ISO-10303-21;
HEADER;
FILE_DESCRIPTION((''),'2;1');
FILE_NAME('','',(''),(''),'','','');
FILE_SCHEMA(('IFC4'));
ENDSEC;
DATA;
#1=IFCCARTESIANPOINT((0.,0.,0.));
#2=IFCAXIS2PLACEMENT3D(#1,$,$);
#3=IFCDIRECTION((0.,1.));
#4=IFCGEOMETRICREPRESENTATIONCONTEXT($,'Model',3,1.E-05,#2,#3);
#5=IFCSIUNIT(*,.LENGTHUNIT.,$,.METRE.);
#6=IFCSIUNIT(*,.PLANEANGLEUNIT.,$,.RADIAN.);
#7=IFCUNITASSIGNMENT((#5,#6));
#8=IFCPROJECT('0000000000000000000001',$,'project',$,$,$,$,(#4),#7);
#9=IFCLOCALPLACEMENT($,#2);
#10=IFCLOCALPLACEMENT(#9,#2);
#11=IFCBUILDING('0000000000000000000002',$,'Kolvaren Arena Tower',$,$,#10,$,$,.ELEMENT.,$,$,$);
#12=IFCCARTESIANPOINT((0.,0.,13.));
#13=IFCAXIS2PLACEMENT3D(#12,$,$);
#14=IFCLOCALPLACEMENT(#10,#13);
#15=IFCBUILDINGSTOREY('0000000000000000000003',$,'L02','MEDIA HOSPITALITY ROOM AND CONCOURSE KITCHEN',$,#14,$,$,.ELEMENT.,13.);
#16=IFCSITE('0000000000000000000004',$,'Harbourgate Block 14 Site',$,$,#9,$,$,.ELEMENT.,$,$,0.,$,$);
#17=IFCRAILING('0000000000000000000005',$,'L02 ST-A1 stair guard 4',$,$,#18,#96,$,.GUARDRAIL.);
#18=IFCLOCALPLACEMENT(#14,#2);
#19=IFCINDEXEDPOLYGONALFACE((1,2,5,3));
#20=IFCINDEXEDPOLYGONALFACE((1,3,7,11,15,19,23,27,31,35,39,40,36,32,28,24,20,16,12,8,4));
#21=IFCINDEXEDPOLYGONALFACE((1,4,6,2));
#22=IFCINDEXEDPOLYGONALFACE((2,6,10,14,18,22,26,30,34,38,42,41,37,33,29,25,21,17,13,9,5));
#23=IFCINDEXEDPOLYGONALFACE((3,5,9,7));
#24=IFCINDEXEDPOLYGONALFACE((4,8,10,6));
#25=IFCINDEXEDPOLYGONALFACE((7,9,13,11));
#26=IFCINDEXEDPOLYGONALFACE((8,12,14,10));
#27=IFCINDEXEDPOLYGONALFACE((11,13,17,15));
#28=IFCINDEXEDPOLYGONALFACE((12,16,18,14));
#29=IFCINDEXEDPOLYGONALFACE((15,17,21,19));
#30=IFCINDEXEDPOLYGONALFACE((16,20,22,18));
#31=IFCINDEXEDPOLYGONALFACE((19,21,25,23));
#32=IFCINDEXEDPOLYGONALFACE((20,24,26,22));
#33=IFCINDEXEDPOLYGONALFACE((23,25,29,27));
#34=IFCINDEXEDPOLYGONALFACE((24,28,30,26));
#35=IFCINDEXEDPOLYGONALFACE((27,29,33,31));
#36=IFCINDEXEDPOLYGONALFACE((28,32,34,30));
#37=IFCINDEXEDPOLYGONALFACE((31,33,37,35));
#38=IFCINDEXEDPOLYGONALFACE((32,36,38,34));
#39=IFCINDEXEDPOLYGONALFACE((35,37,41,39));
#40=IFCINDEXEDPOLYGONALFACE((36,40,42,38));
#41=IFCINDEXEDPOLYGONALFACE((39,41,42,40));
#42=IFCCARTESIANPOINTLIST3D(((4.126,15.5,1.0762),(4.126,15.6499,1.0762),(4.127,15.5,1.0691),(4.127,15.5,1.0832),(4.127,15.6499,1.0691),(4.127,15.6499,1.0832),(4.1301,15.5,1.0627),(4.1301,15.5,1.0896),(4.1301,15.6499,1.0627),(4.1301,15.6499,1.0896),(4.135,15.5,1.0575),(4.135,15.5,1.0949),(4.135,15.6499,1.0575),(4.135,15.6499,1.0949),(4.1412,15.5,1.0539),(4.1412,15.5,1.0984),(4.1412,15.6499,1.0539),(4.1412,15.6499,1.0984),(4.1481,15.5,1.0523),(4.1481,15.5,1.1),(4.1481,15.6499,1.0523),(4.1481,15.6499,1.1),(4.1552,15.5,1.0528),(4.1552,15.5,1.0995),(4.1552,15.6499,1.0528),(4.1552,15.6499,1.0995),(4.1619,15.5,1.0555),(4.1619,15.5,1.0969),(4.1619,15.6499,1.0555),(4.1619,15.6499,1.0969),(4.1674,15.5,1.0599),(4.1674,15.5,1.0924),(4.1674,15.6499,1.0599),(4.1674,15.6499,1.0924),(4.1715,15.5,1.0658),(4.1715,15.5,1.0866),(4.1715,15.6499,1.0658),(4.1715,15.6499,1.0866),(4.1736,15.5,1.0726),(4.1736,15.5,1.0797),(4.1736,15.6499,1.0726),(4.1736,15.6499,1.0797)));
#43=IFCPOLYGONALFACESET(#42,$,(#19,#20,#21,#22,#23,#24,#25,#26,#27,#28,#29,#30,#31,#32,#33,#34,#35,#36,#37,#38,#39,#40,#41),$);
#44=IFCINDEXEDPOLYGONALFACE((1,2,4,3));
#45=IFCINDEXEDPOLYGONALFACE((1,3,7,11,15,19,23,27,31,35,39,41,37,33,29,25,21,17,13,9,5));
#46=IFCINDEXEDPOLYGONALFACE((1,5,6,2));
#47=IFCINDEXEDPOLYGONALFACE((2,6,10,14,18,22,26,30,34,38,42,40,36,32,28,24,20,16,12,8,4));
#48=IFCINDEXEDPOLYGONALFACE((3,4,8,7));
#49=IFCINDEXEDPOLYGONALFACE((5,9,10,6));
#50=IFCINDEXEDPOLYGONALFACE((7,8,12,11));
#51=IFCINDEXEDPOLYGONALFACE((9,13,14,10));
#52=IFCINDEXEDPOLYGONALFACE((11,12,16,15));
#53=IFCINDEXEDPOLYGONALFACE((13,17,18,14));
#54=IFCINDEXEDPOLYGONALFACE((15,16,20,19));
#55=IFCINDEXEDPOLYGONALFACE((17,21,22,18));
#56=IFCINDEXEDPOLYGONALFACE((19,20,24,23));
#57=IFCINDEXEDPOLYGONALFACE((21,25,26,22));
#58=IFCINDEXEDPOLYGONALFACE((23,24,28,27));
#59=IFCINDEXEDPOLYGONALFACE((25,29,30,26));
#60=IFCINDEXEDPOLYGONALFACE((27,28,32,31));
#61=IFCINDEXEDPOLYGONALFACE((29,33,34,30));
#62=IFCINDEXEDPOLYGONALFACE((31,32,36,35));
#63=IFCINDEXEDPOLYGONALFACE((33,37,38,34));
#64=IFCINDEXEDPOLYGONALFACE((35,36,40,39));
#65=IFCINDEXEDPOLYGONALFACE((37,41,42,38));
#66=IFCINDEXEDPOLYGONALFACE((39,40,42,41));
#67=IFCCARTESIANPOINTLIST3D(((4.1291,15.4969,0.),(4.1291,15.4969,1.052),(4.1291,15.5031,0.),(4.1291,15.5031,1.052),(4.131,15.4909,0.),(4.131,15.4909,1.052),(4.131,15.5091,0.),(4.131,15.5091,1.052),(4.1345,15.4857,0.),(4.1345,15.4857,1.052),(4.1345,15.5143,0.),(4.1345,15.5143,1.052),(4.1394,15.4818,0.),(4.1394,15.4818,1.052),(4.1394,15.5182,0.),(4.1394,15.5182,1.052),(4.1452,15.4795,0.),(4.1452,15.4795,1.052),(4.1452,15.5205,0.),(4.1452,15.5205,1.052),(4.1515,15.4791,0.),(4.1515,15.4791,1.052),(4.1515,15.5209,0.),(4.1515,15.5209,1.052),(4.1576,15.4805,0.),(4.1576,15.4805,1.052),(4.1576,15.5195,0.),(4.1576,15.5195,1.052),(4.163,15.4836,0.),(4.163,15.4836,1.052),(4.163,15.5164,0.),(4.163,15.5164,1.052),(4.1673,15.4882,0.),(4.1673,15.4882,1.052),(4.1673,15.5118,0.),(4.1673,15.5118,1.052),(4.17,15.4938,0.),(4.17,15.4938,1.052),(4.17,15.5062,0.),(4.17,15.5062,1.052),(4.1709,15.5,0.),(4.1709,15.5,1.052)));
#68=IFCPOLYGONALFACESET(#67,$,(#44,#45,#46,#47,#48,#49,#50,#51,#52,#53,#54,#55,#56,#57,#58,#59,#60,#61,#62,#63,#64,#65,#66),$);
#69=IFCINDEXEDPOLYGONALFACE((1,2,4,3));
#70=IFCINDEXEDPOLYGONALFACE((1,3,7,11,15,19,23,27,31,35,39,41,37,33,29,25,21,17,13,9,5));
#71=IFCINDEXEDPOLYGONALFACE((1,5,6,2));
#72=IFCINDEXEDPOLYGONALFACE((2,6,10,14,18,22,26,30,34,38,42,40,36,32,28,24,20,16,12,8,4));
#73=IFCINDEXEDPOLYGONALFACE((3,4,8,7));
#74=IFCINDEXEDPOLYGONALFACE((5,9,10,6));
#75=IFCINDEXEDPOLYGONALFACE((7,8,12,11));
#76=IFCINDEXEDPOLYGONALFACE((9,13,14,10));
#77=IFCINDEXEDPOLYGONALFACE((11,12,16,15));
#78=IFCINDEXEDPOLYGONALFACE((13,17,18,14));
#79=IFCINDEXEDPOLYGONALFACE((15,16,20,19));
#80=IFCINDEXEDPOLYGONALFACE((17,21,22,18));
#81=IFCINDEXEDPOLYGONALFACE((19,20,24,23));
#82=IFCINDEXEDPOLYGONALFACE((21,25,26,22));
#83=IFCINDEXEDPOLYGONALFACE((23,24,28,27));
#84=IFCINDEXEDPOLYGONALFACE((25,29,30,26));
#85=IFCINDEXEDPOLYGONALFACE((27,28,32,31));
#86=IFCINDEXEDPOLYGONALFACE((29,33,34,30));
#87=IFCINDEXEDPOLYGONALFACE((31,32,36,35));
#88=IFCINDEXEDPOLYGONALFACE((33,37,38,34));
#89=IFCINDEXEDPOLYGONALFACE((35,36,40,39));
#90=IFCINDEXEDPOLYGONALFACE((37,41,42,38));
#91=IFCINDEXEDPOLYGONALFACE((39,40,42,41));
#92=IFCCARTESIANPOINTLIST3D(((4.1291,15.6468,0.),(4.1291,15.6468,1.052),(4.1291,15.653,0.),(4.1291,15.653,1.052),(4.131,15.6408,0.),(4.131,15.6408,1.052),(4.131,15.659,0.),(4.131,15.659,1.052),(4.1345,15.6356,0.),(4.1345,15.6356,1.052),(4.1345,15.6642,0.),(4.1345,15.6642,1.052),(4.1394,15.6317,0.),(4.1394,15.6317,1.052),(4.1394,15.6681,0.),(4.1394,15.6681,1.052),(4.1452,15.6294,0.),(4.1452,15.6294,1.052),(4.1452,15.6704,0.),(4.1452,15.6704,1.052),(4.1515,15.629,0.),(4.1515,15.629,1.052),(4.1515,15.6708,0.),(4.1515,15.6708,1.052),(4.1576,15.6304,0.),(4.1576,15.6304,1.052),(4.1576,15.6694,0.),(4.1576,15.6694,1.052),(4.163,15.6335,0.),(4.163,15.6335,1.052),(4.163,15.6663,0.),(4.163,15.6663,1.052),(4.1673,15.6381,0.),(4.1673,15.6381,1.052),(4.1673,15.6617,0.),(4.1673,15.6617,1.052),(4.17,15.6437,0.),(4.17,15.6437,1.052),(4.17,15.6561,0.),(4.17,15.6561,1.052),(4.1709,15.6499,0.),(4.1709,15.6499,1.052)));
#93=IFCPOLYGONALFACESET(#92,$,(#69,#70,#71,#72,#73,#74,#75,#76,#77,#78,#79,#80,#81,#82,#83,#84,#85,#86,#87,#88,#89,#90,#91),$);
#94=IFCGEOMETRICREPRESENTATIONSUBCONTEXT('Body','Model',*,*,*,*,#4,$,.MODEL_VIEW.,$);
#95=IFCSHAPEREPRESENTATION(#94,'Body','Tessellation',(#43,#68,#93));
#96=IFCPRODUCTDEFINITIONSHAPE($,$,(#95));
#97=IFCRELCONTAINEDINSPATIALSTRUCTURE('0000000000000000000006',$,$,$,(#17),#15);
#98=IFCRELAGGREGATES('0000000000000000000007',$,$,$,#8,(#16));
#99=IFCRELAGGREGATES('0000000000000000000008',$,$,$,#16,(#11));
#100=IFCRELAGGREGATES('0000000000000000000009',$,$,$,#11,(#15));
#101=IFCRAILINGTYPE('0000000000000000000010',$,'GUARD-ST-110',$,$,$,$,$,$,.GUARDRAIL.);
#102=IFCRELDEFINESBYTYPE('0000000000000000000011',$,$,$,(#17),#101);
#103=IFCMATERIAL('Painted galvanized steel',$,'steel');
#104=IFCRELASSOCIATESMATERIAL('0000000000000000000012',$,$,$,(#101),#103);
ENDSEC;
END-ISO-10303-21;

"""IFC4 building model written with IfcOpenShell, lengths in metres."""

from ifc_helpers import new_model, si_unit, direction, frame, origin, origin_2d, place, context, subcontext, project, spatial, circle, extrude, material, type_object, element, save


model = new_model("IFC4")

# Units and contexts
model_context = context("Model", 3, precision=1e-05, world=origin(), true_north=direction((0.0, 1.0)))
body_context = subcontext(model_context, "Body", "Model", "MODEL_VIEW")
ifc_project = project(units=[si_unit("LENGTHUNIT", "METRE"), si_unit("PLANEANGLEUNIT", "RADIAN")], contexts=[model_context])

# Site, building, storey
site_placement = place(None, origin())
site = spatial("IfcSite", under=ifc_project, at=site_placement, Name="Harbourgate Block 14 Site", CompositionType="ELEMENT", RefElevation=0.0)
building_placement = place(site_placement, origin())
building = spatial("IfcBuilding", under=site, at=building_placement, Name="Kolvaren Arena Tower", CompositionType="ELEMENT")
storey_placement = place(building_placement, frame((0.0, 0.0, 13.0)))
storey = spatial("IfcBuildingStorey", under=building, at=storey_placement, Name="L02", Description="MEDIA HOSPITALITY ROOM AND CONCOURSE KITCHEN", CompositionType="ELEMENT", Elevation=13.0)

# Railing
ifc_material_1 = material(Name="Painted galvanized steel", Category="steel")
railing_type_1 = type_object("IfcRailingType", Name="GUARD-ST-110", PredefinedType="GUARDRAIL", material=ifc_material_1)
railing_1_placement = place(storey_placement, frame((4.1499, 15.5, 0.0)))
element("IfcRailing", 1, at=railing_1_placement, inside=storey, type_object=railing_type_1, Name="L02 ST-A1 stair guard 4", PredefinedType="GUARDRAIL", context=body_context, shape_type="SweptSolid", body=[
    extrude(circle(Radius=0.0239, at=origin_2d()), frame((0.0, 0.0, 1.0762), z_axis=(0.0, 1.0, 0.0), x_axis=(-1.0, 0.0, 0.0)), (0.0, 0.0, 1.0), 0.1499),
    extrude(circle(Radius=0.021, at=origin_2d()), origin(), (0.0, 0.0, 1.0), 1.052),
    extrude(circle(Radius=0.021, at=origin_2d()), frame((0.0, 0.1499, 0.0)), (0.0, 0.0, 1.0), 1.052),
])

save(model, "model.ifc")
